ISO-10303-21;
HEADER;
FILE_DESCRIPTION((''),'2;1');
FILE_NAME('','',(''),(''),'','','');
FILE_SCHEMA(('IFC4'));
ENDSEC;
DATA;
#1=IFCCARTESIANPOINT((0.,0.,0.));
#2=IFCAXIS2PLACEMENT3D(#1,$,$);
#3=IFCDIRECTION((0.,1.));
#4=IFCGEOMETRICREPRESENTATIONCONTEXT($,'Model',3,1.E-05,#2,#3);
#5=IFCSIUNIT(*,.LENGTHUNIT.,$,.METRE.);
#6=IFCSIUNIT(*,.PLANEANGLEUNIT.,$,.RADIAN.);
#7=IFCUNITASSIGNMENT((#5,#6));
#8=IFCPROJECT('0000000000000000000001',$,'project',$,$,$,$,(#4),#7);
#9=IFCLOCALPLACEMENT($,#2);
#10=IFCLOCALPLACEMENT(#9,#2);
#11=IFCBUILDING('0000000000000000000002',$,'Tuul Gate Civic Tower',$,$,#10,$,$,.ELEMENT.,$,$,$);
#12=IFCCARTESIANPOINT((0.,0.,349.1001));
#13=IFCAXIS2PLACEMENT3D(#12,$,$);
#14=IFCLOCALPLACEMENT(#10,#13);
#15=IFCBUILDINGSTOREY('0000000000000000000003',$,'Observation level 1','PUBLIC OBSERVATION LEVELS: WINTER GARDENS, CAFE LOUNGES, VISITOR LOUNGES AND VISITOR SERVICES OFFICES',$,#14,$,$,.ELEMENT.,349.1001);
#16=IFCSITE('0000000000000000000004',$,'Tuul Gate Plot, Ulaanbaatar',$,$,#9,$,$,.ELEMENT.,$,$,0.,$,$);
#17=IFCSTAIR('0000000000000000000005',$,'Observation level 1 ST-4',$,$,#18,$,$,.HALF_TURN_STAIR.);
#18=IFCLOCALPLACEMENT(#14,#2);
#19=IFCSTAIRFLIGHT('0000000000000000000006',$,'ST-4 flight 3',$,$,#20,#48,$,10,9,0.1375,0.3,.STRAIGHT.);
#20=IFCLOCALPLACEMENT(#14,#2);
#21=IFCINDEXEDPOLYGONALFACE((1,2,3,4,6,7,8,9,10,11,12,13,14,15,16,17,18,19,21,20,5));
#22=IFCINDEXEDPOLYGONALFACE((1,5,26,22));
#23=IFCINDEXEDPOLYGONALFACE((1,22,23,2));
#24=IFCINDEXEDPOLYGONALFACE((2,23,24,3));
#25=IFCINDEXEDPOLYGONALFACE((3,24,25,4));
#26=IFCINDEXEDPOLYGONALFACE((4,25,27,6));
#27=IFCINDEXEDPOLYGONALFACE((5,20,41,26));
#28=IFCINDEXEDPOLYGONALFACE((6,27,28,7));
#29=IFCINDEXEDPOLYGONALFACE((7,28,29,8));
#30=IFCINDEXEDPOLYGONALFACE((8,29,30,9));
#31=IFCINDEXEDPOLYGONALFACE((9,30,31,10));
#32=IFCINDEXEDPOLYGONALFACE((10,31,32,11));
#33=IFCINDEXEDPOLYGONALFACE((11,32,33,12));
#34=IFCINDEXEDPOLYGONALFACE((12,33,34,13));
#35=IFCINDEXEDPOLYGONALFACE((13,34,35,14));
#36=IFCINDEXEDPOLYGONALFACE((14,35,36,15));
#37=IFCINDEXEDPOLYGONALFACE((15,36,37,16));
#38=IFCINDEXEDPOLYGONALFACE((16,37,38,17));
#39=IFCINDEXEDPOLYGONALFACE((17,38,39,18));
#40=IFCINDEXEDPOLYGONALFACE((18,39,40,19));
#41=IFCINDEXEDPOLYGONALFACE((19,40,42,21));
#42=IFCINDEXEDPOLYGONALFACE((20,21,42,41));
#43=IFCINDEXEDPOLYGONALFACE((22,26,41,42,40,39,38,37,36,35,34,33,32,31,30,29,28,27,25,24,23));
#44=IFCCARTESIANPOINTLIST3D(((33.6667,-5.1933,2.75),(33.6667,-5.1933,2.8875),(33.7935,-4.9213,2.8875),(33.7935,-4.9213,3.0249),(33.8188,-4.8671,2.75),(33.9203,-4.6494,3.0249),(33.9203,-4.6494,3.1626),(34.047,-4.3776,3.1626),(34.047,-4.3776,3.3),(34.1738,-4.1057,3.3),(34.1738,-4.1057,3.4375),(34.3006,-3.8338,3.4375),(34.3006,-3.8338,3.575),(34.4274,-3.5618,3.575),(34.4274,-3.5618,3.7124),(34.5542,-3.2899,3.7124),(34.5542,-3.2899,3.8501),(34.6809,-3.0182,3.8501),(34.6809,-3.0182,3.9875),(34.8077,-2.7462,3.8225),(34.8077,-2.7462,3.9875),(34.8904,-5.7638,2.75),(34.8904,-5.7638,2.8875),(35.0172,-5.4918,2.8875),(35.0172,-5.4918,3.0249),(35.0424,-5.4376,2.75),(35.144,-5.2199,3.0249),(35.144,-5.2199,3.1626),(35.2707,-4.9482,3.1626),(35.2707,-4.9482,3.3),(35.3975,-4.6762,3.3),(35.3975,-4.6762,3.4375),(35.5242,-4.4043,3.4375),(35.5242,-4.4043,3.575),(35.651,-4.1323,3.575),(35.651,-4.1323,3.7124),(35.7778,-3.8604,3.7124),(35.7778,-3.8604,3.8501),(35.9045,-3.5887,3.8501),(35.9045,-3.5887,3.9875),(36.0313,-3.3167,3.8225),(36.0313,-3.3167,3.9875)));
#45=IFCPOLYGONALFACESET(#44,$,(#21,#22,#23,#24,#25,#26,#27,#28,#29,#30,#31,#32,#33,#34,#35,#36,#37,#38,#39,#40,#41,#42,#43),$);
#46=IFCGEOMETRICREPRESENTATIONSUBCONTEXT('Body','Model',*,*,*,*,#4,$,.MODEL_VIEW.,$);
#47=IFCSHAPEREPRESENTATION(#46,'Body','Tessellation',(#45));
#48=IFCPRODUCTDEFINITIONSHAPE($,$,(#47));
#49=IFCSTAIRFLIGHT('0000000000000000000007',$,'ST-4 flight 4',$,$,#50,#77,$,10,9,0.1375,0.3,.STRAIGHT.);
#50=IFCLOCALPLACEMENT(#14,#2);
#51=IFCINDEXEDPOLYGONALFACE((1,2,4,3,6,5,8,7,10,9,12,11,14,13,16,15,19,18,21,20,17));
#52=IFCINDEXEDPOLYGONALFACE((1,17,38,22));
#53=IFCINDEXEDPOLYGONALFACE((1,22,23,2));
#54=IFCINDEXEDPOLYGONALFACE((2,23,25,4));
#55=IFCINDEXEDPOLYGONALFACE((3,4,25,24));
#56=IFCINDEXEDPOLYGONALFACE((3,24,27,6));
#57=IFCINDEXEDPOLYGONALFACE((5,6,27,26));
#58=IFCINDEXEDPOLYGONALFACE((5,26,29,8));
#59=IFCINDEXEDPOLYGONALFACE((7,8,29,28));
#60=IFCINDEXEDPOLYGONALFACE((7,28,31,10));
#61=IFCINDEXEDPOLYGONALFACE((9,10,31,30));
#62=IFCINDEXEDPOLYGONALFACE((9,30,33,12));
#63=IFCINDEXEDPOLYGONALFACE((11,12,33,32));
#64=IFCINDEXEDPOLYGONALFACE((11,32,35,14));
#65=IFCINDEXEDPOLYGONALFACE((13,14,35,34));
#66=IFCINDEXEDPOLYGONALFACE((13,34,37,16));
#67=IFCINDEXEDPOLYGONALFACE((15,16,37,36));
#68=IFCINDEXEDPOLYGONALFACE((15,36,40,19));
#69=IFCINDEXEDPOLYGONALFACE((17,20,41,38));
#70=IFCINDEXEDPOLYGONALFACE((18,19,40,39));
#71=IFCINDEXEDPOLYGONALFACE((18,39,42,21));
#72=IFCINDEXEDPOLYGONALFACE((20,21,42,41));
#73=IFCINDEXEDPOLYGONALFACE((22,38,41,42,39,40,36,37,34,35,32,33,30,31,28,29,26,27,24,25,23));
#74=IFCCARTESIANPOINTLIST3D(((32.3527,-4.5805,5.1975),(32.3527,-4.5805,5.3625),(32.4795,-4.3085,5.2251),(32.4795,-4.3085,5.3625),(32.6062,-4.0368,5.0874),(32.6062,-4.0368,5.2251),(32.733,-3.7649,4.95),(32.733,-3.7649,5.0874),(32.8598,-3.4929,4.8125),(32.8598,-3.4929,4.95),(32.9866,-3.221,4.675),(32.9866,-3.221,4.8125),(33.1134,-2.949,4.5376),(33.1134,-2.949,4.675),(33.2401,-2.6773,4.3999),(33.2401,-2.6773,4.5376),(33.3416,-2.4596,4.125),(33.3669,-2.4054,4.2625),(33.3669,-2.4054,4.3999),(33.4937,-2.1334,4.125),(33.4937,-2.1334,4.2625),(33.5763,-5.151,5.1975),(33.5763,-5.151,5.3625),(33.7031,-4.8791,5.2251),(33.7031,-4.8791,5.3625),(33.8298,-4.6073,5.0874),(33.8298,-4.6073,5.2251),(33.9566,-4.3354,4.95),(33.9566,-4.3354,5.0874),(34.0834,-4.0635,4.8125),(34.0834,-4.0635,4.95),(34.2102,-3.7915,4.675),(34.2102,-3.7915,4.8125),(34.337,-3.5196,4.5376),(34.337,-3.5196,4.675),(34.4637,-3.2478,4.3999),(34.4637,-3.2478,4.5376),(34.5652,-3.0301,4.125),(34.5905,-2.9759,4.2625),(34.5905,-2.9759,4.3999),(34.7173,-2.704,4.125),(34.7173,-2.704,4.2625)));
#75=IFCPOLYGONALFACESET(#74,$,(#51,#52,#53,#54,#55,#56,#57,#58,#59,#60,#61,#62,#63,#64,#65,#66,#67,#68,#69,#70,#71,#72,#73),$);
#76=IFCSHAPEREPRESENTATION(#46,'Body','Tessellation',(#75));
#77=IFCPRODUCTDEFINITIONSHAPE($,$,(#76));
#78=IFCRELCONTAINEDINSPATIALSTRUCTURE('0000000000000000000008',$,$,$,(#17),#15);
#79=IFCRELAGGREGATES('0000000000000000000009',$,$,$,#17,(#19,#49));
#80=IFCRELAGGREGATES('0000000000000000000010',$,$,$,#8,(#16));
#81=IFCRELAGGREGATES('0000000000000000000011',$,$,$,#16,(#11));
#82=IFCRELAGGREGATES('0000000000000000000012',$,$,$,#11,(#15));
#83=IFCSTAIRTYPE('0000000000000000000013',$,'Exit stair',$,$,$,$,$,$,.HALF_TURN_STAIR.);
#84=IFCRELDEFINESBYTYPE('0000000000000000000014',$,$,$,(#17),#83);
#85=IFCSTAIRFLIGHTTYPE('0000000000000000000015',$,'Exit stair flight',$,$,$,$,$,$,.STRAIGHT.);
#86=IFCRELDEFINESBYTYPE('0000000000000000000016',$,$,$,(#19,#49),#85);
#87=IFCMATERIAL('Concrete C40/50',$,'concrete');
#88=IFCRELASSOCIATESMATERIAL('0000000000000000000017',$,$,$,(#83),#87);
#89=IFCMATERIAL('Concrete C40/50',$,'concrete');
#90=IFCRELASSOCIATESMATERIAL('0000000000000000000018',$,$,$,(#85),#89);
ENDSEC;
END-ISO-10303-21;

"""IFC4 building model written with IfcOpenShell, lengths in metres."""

from ifc_helpers import new_model, si_unit, direction, frame, origin, place, context, subcontext, project, spatial, polyline, outline, extrude, material, type_object, element, aggregate, save


model = new_model("IFC4")

# Units and contexts
model_context = context("Model", 3, precision=1e-05, world=origin(), true_north=direction((0.0, 1.0)))
body_context = subcontext(model_context, "Body", "Model", "MODEL_VIEW")
ifc_project = project(units=[si_unit("LENGTHUNIT", "METRE"), si_unit("PLANEANGLEUNIT", "RADIAN")], contexts=[model_context])

# Site, building, storey
site_placement = place(None, origin())
site = spatial("IfcSite", under=ifc_project, at=site_placement, Name="Tuul Gate Plot, Ulaanbaatar", CompositionType="ELEMENT", RefElevation=0.0)
building_placement = place(site_placement, origin())
building = spatial("IfcBuilding", under=site, at=building_placement, Name="Tuul Gate Civic Tower", CompositionType="ELEMENT")
storey_placement = place(building_placement, frame((0.0, 0.0, 349.1001)))
storey = spatial("IfcBuildingStorey", under=building, at=storey_placement, Name="Observation level 1", Description="PUBLIC OBSERVATION LEVELS: WINTER GARDENS, CAFE LOUNGES, VISITOR LOUNGES AND VISITOR SERVICES OFFICES", CompositionType="ELEMENT", Elevation=349.1001)

# Stair, stair flights
ifc_material_1 = material(Name="Concrete C40/50", Category="concrete")
stair_type = type_object("IfcStairType", Name="Exit stair", PredefinedType="HALF_TURN_STAIR", material=ifc_material_1)
stair_placement = place(storey_placement, origin())
stair = element("IfcStair", 1, at=stair_placement, inside=storey, type_object=stair_type, Name="Observation level 1 ST-4", PredefinedType="HALF_TURN_STAIR")
ifc_material_2 = material(Name="Concrete C40/50", Category="concrete")
stair_flight_type = type_object("IfcStairFlightType", Name="Exit stair flight", PredefinedType="STRAIGHT", material=ifc_material_2)
stair_flight_1_placement = place(storey_placement, frame((34.2786, -5.4785, 2.75), z_axis=(0.0, 0.0, 1.0), x_axis=(0.422576, 0.906327, 0.0)))
stair_flight_1 = element("IfcStairFlight", 2, at=stair_flight_1_placement, type_object=stair_flight_type, Name="ST-4 flight 3", NumberOfRisers=10, NumberOfTreads=9, PredefinedType="STRAIGHT", RiserHeight=0.1375, TreadLength=0.3, context=body_context, shape_type="SweptSolid", body=[
    extrude(outline(polyline([(0.0, 0.0), (0.0, 0.1375), (0.3, 0.1375), (0.3, 0.2749), (0.6001, 0.2749), (0.6001, 0.4126), (0.8999, 0.4126), (0.8999, 0.55), (1.2, 0.55), (1.2, 0.6875), (1.5, 0.6875), (1.5, 0.825), (1.8, 0.825), (1.8, 0.9624), (2.1001, 0.9624), (2.1001, 1.1001), (2.3999, 1.1001), (2.3999, 1.2375), (2.7, 1.2375), (2.7, 1.375), (2.7, 1.0725), (0.3599, 0.0), (0.0, 0.0)])), frame((0.0, 0.675, 0.0), z_axis=(0.0, -1.0, 0.0), x_axis=(1.0, 0.0, 0.0)), (0.0, 0.0, 1.0), 1.3501),
])
stair_flight_2_placement = place(storey_placement, frame((34.1055, -2.4187, 4.125), z_axis=(0.0, 0.0, 1.0), x_axis=(-0.422576, -0.906327, 0.0)))
stair_flight_2 = element("IfcStairFlight", 3, at=stair_flight_2_placement, type_object=stair_flight_type, Name="ST-4 flight 4", NumberOfRisers=10, NumberOfTreads=9, PredefinedType="STRAIGHT", RiserHeight=0.1375, TreadLength=0.3, context=body_context, shape_type="SweptSolid", body=[
    extrude(outline(polyline([(0.0, 0.0), (0.0, 0.1375), (0.3, 0.1375), (0.3, 0.2749), (0.6001, 0.2749), (0.6001, 0.4126), (0.8999, 0.4126), (0.8999, 0.55), (1.2, 0.55), (1.2, 0.6875), (1.5, 0.6875), (1.5, 0.825), (1.8, 0.825), (1.8, 0.9624), (2.1001, 0.9624), (2.1001, 1.1001), (2.3999, 1.1001), (2.3999, 1.2375), (2.7, 1.2375), (2.7, 1.375), (2.7, 1.0725), (0.3599, 0.0), (0.0, 0.0)])), frame((0.0, 0.675, 0.0), z_axis=(0.0, -1.0, 0.0), x_axis=(1.0, 0.0, 0.0)), (0.0, 0.0, 1.0), 1.3501),
])
aggregate(stair, [stair_flight_1, stair_flight_2])

save(model, "model.ifc")
